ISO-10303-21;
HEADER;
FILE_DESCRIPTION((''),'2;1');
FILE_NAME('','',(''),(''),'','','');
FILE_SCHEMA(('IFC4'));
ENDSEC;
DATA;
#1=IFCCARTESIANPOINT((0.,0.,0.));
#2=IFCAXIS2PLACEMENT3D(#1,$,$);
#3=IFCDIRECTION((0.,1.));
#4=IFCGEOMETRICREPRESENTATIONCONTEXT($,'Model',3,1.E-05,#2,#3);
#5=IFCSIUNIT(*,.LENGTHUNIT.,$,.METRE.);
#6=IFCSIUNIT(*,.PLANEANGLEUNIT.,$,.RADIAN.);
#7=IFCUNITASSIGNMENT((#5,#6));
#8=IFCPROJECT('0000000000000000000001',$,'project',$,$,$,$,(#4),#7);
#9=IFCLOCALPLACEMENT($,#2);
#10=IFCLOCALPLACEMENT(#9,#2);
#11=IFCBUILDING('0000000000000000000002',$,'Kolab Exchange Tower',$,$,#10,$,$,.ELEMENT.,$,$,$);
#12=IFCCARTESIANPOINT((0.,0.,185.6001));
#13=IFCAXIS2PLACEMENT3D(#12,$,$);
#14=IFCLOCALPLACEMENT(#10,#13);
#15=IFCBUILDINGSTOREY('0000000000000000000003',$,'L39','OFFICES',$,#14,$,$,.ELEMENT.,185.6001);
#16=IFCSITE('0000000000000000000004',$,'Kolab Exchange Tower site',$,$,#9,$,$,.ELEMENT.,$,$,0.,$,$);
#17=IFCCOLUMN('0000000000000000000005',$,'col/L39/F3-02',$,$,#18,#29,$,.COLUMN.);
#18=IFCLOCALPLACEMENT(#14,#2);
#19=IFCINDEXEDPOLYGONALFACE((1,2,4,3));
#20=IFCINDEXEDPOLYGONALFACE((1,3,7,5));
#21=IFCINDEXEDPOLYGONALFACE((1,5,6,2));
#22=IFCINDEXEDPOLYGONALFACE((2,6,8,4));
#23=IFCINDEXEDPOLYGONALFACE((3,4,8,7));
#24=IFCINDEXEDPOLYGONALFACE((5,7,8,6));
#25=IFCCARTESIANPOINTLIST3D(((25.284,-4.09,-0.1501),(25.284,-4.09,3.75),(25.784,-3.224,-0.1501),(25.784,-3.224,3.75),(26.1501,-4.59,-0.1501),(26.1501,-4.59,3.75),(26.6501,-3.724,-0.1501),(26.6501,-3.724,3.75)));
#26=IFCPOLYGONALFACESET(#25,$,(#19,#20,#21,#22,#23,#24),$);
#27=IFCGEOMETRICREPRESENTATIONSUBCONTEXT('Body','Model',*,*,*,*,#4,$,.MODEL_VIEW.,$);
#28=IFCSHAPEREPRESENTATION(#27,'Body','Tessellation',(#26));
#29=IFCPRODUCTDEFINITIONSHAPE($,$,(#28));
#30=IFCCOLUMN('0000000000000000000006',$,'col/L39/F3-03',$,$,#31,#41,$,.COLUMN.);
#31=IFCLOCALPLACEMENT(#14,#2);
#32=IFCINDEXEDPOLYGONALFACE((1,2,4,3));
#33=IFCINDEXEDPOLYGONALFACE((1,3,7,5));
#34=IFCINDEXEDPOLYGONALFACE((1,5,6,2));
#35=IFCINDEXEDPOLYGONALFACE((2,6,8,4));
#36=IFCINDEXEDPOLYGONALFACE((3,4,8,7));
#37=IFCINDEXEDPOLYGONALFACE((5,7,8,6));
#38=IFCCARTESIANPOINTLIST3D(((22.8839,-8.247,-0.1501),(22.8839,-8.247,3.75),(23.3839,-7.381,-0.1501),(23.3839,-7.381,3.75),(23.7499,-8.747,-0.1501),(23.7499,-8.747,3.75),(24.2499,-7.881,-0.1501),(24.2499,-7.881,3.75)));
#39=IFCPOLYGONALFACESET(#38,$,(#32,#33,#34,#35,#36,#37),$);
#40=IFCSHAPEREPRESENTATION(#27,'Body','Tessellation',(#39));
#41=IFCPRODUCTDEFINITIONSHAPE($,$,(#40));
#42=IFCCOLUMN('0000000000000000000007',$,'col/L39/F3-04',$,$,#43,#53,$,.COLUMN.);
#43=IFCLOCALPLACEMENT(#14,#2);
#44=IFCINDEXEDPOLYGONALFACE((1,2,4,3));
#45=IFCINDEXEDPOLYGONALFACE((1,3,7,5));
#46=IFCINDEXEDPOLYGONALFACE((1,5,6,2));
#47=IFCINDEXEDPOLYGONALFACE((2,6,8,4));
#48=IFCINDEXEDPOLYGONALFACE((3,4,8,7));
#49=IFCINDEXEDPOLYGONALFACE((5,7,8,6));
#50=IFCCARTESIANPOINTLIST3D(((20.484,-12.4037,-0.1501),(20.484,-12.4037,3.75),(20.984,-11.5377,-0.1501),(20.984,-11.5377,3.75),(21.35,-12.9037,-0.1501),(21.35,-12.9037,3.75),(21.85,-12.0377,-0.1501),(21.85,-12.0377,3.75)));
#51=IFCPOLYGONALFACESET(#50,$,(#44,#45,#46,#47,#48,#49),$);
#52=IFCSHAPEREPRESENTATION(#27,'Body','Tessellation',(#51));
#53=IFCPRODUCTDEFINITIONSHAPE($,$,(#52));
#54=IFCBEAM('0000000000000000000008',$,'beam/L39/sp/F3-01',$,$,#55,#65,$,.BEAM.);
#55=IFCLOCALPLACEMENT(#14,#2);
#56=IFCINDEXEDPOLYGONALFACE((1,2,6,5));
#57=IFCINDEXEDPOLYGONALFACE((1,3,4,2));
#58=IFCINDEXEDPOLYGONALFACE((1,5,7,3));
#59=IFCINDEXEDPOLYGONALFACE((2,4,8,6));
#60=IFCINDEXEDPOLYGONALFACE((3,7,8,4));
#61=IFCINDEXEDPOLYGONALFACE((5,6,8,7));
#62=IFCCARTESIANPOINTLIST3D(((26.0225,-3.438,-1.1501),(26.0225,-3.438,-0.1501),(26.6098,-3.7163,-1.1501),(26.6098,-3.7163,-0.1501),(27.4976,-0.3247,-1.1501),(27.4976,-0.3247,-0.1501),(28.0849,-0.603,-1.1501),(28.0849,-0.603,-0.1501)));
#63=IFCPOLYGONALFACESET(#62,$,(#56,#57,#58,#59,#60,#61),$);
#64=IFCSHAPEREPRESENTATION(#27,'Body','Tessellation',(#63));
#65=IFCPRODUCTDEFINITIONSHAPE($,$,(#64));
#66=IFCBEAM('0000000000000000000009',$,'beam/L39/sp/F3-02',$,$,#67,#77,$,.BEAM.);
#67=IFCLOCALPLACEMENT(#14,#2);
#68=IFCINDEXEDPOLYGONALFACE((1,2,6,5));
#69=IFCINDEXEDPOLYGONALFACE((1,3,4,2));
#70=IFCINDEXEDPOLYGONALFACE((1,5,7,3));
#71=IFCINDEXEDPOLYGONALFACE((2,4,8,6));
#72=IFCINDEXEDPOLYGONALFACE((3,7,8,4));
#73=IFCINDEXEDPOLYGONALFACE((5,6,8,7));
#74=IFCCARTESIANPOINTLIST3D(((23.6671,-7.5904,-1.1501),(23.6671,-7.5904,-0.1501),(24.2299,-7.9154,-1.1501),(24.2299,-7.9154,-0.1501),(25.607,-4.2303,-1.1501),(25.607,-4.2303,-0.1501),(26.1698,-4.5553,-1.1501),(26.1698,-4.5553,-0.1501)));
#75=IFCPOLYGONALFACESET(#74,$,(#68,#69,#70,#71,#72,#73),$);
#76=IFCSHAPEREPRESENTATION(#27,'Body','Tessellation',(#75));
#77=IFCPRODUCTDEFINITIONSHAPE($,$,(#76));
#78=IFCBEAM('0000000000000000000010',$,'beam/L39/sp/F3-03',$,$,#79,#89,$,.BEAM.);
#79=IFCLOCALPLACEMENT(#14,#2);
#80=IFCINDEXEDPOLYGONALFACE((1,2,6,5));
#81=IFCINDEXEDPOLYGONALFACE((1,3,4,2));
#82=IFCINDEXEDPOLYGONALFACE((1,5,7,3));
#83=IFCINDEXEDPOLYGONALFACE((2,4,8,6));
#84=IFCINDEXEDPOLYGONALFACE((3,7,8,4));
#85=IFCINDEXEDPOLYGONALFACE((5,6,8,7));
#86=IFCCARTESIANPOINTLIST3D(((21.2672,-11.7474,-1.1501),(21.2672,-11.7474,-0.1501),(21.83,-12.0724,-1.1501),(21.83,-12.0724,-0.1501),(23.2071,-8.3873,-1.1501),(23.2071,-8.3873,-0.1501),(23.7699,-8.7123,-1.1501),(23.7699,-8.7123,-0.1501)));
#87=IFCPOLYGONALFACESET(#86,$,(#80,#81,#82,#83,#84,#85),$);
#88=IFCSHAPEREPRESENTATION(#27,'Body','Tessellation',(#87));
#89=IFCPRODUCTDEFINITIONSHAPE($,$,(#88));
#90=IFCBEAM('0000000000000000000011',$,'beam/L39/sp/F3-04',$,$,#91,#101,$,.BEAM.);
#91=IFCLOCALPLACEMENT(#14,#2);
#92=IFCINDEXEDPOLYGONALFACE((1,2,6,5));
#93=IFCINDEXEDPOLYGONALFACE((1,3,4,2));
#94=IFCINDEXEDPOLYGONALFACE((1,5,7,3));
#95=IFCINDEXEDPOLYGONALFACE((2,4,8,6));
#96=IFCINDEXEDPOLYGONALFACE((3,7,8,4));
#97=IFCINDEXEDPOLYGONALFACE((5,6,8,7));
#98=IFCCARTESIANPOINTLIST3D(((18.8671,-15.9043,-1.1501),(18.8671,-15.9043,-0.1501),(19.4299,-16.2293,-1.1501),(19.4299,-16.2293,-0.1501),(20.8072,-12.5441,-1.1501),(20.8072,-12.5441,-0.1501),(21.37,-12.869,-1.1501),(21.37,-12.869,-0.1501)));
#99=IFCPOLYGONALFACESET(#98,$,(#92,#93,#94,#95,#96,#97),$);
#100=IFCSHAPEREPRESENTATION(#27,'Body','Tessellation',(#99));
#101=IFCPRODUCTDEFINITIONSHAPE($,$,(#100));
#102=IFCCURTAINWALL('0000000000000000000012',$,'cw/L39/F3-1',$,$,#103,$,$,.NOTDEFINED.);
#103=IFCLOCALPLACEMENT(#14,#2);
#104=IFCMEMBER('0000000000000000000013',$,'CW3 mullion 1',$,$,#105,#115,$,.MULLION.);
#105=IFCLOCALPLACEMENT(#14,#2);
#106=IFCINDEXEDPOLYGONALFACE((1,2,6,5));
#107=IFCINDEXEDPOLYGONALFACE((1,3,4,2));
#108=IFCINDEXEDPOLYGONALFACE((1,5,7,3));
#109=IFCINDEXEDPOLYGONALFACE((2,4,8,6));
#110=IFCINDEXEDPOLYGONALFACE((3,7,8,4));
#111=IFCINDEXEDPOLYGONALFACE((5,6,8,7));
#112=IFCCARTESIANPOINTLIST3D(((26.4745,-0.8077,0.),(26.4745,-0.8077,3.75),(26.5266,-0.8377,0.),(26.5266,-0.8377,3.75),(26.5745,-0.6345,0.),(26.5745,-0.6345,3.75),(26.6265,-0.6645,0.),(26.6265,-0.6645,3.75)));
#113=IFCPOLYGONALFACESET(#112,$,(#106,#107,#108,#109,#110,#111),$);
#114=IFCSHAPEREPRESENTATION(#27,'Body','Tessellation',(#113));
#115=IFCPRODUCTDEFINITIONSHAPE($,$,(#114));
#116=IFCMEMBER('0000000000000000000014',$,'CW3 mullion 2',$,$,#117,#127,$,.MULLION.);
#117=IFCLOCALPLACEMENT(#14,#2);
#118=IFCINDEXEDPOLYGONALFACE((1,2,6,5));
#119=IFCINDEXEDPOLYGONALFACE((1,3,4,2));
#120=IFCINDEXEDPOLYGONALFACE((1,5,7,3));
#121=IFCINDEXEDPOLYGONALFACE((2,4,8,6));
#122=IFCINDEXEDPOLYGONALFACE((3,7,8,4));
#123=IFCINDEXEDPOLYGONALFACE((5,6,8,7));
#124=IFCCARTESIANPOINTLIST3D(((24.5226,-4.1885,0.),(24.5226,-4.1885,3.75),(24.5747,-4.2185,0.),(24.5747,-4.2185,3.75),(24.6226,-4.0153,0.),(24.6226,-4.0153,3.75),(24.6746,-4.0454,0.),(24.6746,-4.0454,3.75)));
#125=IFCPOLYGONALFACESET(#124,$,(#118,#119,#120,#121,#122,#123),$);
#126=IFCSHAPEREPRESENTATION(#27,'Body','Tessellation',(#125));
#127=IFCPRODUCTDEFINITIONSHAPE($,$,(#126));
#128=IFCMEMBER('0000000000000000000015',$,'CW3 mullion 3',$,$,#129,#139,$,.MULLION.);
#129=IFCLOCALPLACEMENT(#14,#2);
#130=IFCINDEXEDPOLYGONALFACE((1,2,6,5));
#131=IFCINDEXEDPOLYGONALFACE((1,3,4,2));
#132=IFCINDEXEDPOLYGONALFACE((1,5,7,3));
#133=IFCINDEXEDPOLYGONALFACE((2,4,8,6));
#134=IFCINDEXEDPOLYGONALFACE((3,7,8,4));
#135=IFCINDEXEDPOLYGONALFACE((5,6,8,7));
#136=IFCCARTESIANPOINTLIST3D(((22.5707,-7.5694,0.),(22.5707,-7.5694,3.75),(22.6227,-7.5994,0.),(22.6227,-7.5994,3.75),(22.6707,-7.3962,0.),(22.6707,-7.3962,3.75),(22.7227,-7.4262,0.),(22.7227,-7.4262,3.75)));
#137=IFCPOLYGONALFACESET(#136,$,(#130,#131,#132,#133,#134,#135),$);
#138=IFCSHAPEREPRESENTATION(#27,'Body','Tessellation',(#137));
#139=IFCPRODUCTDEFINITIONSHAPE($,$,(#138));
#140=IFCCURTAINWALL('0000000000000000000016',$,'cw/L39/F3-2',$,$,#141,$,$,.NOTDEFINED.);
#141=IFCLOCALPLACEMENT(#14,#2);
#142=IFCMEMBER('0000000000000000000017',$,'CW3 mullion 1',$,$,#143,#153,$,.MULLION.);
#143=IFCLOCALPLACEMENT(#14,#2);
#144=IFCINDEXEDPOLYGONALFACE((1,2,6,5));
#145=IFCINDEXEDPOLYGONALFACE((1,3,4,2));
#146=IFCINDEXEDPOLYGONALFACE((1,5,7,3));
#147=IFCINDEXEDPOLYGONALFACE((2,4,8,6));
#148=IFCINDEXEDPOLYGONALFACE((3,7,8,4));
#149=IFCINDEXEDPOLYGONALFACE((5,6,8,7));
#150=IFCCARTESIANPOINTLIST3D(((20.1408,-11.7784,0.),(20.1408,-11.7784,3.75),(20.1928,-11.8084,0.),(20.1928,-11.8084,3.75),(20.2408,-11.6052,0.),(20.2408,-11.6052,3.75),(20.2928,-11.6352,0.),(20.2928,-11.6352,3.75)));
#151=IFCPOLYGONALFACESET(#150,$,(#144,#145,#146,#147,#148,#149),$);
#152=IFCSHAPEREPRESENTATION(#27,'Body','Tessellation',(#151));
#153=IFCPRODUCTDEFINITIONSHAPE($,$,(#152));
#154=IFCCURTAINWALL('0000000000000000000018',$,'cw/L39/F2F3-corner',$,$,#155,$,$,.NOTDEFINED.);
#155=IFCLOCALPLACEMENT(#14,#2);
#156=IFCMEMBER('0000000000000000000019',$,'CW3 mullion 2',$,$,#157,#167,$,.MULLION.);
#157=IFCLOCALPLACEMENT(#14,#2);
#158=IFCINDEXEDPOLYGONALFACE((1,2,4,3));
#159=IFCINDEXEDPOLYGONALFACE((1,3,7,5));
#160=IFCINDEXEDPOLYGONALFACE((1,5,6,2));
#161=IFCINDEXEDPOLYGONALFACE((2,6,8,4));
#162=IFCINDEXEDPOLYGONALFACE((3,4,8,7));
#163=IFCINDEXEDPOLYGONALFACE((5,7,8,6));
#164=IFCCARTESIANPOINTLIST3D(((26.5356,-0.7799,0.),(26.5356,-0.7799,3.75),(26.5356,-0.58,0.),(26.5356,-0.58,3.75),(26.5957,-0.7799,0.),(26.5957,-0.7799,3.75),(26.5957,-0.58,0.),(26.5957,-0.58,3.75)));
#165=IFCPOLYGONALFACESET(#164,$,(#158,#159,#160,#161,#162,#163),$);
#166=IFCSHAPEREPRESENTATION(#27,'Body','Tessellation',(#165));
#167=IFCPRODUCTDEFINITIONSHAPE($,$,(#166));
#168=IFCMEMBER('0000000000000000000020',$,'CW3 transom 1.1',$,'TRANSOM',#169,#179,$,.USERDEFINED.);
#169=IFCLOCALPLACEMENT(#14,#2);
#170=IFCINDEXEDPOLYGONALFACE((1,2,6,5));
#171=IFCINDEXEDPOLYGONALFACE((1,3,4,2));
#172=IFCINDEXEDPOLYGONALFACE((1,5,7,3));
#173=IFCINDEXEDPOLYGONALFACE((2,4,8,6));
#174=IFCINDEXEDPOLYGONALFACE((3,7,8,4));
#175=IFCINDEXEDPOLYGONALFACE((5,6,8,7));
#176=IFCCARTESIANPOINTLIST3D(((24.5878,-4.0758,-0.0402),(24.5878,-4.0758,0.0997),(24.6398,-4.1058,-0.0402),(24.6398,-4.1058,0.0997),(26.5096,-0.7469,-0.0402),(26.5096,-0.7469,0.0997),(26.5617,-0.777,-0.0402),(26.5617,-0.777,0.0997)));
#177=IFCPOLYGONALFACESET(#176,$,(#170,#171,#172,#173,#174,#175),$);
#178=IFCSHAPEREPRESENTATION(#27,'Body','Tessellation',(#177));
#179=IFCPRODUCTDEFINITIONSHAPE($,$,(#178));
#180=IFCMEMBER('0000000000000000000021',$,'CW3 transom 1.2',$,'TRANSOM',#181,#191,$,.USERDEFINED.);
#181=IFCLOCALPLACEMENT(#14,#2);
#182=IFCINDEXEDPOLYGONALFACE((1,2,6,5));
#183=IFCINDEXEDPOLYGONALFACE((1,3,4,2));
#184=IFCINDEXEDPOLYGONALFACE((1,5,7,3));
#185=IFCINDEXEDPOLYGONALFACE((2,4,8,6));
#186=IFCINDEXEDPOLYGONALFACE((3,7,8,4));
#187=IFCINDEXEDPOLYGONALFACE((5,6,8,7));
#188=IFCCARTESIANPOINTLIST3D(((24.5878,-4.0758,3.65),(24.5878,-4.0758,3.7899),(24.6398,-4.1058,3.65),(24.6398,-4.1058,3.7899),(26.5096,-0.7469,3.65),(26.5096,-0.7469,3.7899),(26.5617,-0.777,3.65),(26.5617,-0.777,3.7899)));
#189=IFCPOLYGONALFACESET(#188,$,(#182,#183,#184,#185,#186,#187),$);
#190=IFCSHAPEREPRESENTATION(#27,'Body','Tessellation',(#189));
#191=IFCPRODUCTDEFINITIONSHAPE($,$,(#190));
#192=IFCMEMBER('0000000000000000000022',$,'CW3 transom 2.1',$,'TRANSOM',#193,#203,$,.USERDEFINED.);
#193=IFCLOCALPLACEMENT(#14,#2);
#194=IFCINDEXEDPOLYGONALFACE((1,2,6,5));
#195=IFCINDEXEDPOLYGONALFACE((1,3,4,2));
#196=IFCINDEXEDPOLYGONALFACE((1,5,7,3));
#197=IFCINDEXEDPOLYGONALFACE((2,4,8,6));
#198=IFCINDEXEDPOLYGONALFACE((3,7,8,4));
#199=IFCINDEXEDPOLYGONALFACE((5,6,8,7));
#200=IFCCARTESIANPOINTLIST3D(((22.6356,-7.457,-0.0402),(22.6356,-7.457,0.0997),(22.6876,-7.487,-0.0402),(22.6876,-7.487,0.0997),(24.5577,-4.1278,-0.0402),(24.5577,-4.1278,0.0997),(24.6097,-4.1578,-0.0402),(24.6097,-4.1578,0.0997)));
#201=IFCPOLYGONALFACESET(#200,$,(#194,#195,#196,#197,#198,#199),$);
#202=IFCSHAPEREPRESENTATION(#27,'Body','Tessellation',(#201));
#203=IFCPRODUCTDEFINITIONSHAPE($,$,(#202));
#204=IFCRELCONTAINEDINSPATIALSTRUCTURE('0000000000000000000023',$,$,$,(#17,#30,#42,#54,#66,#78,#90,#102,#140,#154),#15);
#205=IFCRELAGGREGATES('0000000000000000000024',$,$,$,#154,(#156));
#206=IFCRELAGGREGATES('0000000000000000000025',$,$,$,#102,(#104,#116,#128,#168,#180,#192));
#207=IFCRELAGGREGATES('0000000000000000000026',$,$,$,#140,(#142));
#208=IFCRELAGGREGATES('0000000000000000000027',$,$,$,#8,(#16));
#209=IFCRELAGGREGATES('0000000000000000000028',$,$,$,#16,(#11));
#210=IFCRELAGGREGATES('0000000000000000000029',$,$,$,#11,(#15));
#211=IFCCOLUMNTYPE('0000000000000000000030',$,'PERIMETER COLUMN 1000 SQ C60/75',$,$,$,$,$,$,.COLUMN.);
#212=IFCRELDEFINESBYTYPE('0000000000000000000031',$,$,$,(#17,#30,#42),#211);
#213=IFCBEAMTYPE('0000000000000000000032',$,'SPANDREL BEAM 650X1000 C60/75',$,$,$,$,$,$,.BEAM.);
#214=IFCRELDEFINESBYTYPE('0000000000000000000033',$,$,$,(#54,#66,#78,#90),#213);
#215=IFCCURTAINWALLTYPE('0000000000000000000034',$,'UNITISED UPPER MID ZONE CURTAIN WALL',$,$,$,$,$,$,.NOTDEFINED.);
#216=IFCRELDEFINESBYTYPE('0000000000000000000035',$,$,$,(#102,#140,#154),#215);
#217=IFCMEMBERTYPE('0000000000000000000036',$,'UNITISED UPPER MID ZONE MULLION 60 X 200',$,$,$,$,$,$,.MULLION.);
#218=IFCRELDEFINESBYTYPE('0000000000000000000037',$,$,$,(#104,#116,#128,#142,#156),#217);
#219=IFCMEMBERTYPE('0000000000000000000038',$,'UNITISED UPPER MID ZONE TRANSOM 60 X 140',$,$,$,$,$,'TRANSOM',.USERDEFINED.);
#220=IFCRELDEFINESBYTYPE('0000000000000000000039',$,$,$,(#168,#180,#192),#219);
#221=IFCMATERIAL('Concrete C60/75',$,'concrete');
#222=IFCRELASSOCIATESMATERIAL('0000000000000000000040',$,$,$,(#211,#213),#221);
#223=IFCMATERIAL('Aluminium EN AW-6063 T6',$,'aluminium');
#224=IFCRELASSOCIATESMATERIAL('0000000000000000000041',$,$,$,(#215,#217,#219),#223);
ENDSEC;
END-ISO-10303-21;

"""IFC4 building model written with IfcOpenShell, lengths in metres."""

from ifc_helpers import new_model, si_unit, direction, frame, origin, origin_2d, place, context, subcontext, project, spatial, rectangle, extrude, material, material_profile, profile_set, type_object, element, aggregate, save


model = new_model("IFC4")

# Units and contexts
model_context = context("Model", 3, precision=1e-05, world=origin(), true_north=direction((0.0, 1.0)))
body_context = subcontext(model_context, "Body", "Model", "MODEL_VIEW")
ifc_project = project(units=[si_unit("LENGTHUNIT", "METRE"), si_unit("PLANEANGLEUNIT", "RADIAN")], contexts=[model_context])

# Site, building, storey
site_placement = place(None, origin())
site = spatial("IfcSite", under=ifc_project, at=site_placement, Name="Kolab Exchange Tower site", CompositionType="ELEMENT", RefElevation=0.0)
building_placement = place(site_placement, origin())
building = spatial("IfcBuilding", under=site, at=building_placement, Name="Kolab Exchange Tower", CompositionType="ELEMENT")
storey_placement = place(building_placement, frame((0.0, 0.0, 185.6001)))
storey = spatial("IfcBuildingStorey", under=building, at=storey_placement, Name="L39", Description="OFFICES", CompositionType="ELEMENT", Elevation=185.6001)

# Columns
ifc_material_1 = material(Name="Concrete C60/75", Category="concrete")
ifc_material_profile_1 = material_profile(ifc_material_1, rectangle(XDim=1.0, YDim=1.0, at=origin_2d()), Name="RC1000")
ifc_profile_set_1 = profile_set([ifc_material_profile_1], Name="Concrete C60/75")
column_type = type_object("IfcColumnType", Name="PERIMETER COLUMN 1000 SQ C60/75", PredefinedType="COLUMN", material=ifc_profile_set_1)
for number, where, z_axis, x_axis, name in (
    (1, (25.967, -3.907, -0.1501), (0.0, 0.0, 1.0), (0.5, 0.866025, 0.0), "col/L39/F3-02"),
    (2, (23.5669, -8.064, -0.1501), (0.0, 0.0, 1.0), (0.5, 0.866025, 0.0), "col/L39/F3-03"),
    (3, (21.167, -12.2207, -0.1501), (0.0, 0.0, 1.0), (0.5, 0.866025, 0.0), "col/L39/F3-04"),
):
    element("IfcColumn", number, at=place(storey_placement, frame(where, z_axis=z_axis, x_axis=x_axis)), inside=storey, type_object=column_type, Name=name, PredefinedType="COLUMN", context=body_context, shape_type="SweptSolid", body=[
        extrude(rectangle(XDim=1.0, YDim=1.0, at=origin_2d()), origin(), (0.0, 0.0, 1.0), 3.9001),
    ])

# Beams
ifc_material_profile_2 = material_profile(ifc_material_1, rectangle(XDim=0.6499, YDim=1.0, at=origin_2d()), Name="RC650X1000")
ifc_profile_set_2 = profile_set([ifc_material_profile_2], Name="Concrete C60/75")
beam_type = type_object("IfcBeamType", Name="SPANDREL BEAM 650X1000 C60/75", PredefinedType="BEAM", material=ifc_profile_set_2)
beam_1_placement = place(storey_placement, frame((27.7913, -0.4639, -0.6501), z_axis=(-0.428178, -0.903695, 0.0), x_axis=(0.903695, -0.428178, 0.0)))
element("IfcBeam", 4, at=beam_1_placement, inside=storey, type_object=beam_type, Name="beam/L39/sp/F3-01", PredefinedType="BEAM", context=body_context, shape_type="SweptSolid", body=[
    extrude(rectangle(XDim=0.6499, YDim=1.0, at=origin_2d()), origin(), (0.0, 0.0, 1.0), 3.4451),
])
for number, where, z_axis, x_axis, name in (
    (5, (25.8884, -4.3928, -0.6501), (-0.499997, -0.866027, 0.0), (0.866027, -0.499997, 0.0), "beam/L39/sp/F3-02"),
    (6, (23.4885, -8.5498, -0.6501), (-0.499997, -0.866027, 0.0), (0.866027, -0.499997, 0.0), "beam/L39/sp/F3-03"),
):
    element("IfcBeam", number, at=place(storey_placement, frame(where, z_axis=z_axis, x_axis=x_axis)), inside=storey, type_object=beam_type, Name=name, PredefinedType="BEAM", context=body_context, shape_type="SweptSolid", body=[
        extrude(rectangle(XDim=0.6499, YDim=1.0, at=origin_2d()), origin(), (0.0, 0.0, 1.0), 3.8799),
    ])
beam_2_placement = place(storey_placement, frame((21.0886, -12.7065, -0.6501), z_axis=(-0.500017, -0.866016, 0.0), x_axis=(0.866016, -0.500017, 0.0)))
element("IfcBeam", 7, at=beam_2_placement, inside=storey, type_object=beam_type, Name="beam/L39/sp/F3-04", PredefinedType="BEAM", context=body_context, shape_type="SweptSolid", body=[
    extrude(rectangle(XDim=0.6499, YDim=1.0, at=origin_2d()), origin(), (0.0, 0.0, 1.0), 3.8801),
])

# Curtain wall, members
ifc_material_2 = material(Name="Aluminium EN AW-6063 T6", Category="aluminium")
curtain_wall_type = type_object("IfcCurtainWallType", Name="UNITISED UPPER MID ZONE CURTAIN WALL", PredefinedType="NOTDEFINED", material=ifc_material_2)
curtain_wall_1_placement = place(storey_placement, origin())
curtain_wall_1 = element("IfcCurtainWall", 8, at=curtain_wall_1_placement, inside=storey, type_object=curtain_wall_type, Name="cw/L39/F3-1", PredefinedType="NOTDEFINED")
ifc_material_profile_3 = material_profile(ifc_material_2, rectangle(XDim=0.0601, YDim=0.2, at=origin_2d()), Name="RECT 60X200")
ifc_profile_set_3 = profile_set([ifc_material_profile_3], Name="Aluminium EN AW-6063 T6")
member_type_1 = type_object("IfcMemberType", Name="UNITISED UPPER MID ZONE MULLION 60 X 200", PredefinedType="MULLION", material=ifc_profile_set_3)
member_1_placement = place(storey_placement, frame((26.5505, -0.7361, 0.0), z_axis=(0.0, 0.0, 1.0), x_axis=(0.866025, -0.5, 0.0)))
member_1 = element("IfcMember", 9, at=member_1_placement, type_object=member_type_1, Name="CW3 mullion 1", PredefinedType="MULLION", context=body_context, shape_type="SweptSolid", body=[
    extrude(rectangle(XDim=0.0601, YDim=0.2, at=origin_2d()), origin(), (0.0, 0.0, 1.0), 3.75),
])
member_2_placement = place(storey_placement, frame((24.5986, -4.1169, 0.0), z_axis=(0.0, 0.0, 1.0), x_axis=(0.866025, -0.5, 0.0)))
member_2 = element("IfcMember", 10, at=member_2_placement, type_object=member_type_1, Name="CW3 mullion 2", PredefinedType="MULLION", context=body_context, shape_type="SweptSolid", body=[
    extrude(rectangle(XDim=0.0601, YDim=0.2, at=origin_2d()), origin(), (0.0, 0.0, 1.0), 3.75),
])
member_3_placement = place(storey_placement, frame((22.6467, -7.4978, 0.0), z_axis=(0.0, 0.0, 1.0), x_axis=(0.866025, -0.5, 0.0)))
member_3 = element("IfcMember", 11, at=member_3_placement, type_object=member_type_1, Name="CW3 mullion 3", PredefinedType="MULLION", context=body_context, shape_type="SweptSolid", body=[
    extrude(rectangle(XDim=0.0601, YDim=0.2, at=origin_2d()), origin(), (0.0, 0.0, 1.0), 3.75),
])

# Curtain walls, members
curtain_wall_2_placement = place(storey_placement, origin())
curtain_wall_2 = element("IfcCurtainWall", 12, at=curtain_wall_2_placement, inside=storey, type_object=curtain_wall_type, Name="cw/L39/F3-2", PredefinedType="NOTDEFINED")
member_4_placement = place(storey_placement, frame((20.2168, -11.7068, 0.0), z_axis=(0.0, 0.0, 1.0), x_axis=(0.866025, -0.5, 0.0)))
member_4 = element("IfcMember", 13, at=member_4_placement, type_object=member_type_1, Name="CW3 mullion 1", PredefinedType="MULLION", context=body_context, shape_type="SweptSolid", body=[
    extrude(rectangle(XDim=0.0601, YDim=0.2, at=origin_2d()), origin(), (0.0, 0.0, 1.0), 3.75),
])
curtain_wall_3_placement = place(storey_placement, origin())
curtain_wall_3 = element("IfcCurtainWall", 14, at=curtain_wall_3_placement, inside=storey, type_object=curtain_wall_type, Name="cw/L39/F2F3-corner", PredefinedType="NOTDEFINED")
member_5_placement = place(storey_placement, frame((26.5657, -0.6799, 0.0), z_axis=(0.0, 0.0, 1.0), x_axis=(1.0, 0.0, 0.0)))
member_5 = element("IfcMember", 15, at=member_5_placement, type_object=member_type_1, Name="CW3 mullion 2", PredefinedType="MULLION", context=body_context, shape_type="SweptSolid", body=[
    extrude(rectangle(XDim=0.0601, YDim=0.2, at=origin_2d()), origin(), (0.0, 0.0, 1.0), 3.75),
])
aggregate(curtain_wall_3, [member_5])

# Members
ifc_material_profile_4 = material_profile(ifc_material_2, rectangle(XDim=0.0601, YDim=0.1399, at=origin_2d()), Name="RECT 60X140")
ifc_profile_set_4 = profile_set([ifc_material_profile_4], Name="Aluminium EN AW-6063 T6")
member_type_2 = type_object("IfcMemberType", Name="UNITISED UPPER MID ZONE TRANSOM 60 X 140", ElementType="TRANSOM", PredefinedType="USERDEFINED", material=ifc_profile_set_4)
member_6_placement = place(storey_placement, frame((26.5356, -0.762, 0.0298), z_axis=(-0.499992, -0.86603, 0.0), x_axis=(0.86603, -0.499992, 0.0)))
member_6 = element("IfcMember", 16, at=member_6_placement, type_object=member_type_2, Name="CW3 transom 1.1", ObjectType="TRANSOM", PredefinedType="USERDEFINED", context=body_context, shape_type="SweptSolid", body=[
    extrude(rectangle(XDim=0.0601, YDim=0.1399, at=origin_2d()), origin(), (0.0, 0.0, 1.0), 3.8438),
])
member_7_placement = place(storey_placement, frame((26.5356, -0.762, 3.72), z_axis=(-0.499992, -0.86603, 0.0), x_axis=(0.86603, -0.499992, 0.0)))
member_7 = element("IfcMember", 17, at=member_7_placement, type_object=member_type_2, Name="CW3 transom 1.2", ObjectType="TRANSOM", PredefinedType="USERDEFINED", context=body_context, shape_type="SweptSolid", body=[
    extrude(rectangle(XDim=0.0601, YDim=0.1399, at=origin_2d()), origin(), (0.0, 0.0, 1.0), 3.8438),
])
member_8_placement = place(storey_placement, frame((24.5837, -4.1428, 0.0298), z_axis=(-0.500012, -0.866018, 0.0), x_axis=(0.866018, -0.500012, 0.0)))
member_8 = element("IfcMember", 18, at=member_8_placement, type_object=member_type_2, Name="CW3 transom 2.1", ObjectType="TRANSOM", PredefinedType="USERDEFINED", context=body_context, shape_type="SweptSolid", body=[
    extrude(rectangle(XDim=0.0601, YDim=0.1399, at=origin_2d()), origin(), (0.0, 0.0, 1.0), 3.8442),
])

aggregate(curtain_wall_1, [member_1, member_2, member_3, member_6, member_7, member_8])
aggregate(curtain_wall_2, [member_4])

save(model, "model.ifc")
